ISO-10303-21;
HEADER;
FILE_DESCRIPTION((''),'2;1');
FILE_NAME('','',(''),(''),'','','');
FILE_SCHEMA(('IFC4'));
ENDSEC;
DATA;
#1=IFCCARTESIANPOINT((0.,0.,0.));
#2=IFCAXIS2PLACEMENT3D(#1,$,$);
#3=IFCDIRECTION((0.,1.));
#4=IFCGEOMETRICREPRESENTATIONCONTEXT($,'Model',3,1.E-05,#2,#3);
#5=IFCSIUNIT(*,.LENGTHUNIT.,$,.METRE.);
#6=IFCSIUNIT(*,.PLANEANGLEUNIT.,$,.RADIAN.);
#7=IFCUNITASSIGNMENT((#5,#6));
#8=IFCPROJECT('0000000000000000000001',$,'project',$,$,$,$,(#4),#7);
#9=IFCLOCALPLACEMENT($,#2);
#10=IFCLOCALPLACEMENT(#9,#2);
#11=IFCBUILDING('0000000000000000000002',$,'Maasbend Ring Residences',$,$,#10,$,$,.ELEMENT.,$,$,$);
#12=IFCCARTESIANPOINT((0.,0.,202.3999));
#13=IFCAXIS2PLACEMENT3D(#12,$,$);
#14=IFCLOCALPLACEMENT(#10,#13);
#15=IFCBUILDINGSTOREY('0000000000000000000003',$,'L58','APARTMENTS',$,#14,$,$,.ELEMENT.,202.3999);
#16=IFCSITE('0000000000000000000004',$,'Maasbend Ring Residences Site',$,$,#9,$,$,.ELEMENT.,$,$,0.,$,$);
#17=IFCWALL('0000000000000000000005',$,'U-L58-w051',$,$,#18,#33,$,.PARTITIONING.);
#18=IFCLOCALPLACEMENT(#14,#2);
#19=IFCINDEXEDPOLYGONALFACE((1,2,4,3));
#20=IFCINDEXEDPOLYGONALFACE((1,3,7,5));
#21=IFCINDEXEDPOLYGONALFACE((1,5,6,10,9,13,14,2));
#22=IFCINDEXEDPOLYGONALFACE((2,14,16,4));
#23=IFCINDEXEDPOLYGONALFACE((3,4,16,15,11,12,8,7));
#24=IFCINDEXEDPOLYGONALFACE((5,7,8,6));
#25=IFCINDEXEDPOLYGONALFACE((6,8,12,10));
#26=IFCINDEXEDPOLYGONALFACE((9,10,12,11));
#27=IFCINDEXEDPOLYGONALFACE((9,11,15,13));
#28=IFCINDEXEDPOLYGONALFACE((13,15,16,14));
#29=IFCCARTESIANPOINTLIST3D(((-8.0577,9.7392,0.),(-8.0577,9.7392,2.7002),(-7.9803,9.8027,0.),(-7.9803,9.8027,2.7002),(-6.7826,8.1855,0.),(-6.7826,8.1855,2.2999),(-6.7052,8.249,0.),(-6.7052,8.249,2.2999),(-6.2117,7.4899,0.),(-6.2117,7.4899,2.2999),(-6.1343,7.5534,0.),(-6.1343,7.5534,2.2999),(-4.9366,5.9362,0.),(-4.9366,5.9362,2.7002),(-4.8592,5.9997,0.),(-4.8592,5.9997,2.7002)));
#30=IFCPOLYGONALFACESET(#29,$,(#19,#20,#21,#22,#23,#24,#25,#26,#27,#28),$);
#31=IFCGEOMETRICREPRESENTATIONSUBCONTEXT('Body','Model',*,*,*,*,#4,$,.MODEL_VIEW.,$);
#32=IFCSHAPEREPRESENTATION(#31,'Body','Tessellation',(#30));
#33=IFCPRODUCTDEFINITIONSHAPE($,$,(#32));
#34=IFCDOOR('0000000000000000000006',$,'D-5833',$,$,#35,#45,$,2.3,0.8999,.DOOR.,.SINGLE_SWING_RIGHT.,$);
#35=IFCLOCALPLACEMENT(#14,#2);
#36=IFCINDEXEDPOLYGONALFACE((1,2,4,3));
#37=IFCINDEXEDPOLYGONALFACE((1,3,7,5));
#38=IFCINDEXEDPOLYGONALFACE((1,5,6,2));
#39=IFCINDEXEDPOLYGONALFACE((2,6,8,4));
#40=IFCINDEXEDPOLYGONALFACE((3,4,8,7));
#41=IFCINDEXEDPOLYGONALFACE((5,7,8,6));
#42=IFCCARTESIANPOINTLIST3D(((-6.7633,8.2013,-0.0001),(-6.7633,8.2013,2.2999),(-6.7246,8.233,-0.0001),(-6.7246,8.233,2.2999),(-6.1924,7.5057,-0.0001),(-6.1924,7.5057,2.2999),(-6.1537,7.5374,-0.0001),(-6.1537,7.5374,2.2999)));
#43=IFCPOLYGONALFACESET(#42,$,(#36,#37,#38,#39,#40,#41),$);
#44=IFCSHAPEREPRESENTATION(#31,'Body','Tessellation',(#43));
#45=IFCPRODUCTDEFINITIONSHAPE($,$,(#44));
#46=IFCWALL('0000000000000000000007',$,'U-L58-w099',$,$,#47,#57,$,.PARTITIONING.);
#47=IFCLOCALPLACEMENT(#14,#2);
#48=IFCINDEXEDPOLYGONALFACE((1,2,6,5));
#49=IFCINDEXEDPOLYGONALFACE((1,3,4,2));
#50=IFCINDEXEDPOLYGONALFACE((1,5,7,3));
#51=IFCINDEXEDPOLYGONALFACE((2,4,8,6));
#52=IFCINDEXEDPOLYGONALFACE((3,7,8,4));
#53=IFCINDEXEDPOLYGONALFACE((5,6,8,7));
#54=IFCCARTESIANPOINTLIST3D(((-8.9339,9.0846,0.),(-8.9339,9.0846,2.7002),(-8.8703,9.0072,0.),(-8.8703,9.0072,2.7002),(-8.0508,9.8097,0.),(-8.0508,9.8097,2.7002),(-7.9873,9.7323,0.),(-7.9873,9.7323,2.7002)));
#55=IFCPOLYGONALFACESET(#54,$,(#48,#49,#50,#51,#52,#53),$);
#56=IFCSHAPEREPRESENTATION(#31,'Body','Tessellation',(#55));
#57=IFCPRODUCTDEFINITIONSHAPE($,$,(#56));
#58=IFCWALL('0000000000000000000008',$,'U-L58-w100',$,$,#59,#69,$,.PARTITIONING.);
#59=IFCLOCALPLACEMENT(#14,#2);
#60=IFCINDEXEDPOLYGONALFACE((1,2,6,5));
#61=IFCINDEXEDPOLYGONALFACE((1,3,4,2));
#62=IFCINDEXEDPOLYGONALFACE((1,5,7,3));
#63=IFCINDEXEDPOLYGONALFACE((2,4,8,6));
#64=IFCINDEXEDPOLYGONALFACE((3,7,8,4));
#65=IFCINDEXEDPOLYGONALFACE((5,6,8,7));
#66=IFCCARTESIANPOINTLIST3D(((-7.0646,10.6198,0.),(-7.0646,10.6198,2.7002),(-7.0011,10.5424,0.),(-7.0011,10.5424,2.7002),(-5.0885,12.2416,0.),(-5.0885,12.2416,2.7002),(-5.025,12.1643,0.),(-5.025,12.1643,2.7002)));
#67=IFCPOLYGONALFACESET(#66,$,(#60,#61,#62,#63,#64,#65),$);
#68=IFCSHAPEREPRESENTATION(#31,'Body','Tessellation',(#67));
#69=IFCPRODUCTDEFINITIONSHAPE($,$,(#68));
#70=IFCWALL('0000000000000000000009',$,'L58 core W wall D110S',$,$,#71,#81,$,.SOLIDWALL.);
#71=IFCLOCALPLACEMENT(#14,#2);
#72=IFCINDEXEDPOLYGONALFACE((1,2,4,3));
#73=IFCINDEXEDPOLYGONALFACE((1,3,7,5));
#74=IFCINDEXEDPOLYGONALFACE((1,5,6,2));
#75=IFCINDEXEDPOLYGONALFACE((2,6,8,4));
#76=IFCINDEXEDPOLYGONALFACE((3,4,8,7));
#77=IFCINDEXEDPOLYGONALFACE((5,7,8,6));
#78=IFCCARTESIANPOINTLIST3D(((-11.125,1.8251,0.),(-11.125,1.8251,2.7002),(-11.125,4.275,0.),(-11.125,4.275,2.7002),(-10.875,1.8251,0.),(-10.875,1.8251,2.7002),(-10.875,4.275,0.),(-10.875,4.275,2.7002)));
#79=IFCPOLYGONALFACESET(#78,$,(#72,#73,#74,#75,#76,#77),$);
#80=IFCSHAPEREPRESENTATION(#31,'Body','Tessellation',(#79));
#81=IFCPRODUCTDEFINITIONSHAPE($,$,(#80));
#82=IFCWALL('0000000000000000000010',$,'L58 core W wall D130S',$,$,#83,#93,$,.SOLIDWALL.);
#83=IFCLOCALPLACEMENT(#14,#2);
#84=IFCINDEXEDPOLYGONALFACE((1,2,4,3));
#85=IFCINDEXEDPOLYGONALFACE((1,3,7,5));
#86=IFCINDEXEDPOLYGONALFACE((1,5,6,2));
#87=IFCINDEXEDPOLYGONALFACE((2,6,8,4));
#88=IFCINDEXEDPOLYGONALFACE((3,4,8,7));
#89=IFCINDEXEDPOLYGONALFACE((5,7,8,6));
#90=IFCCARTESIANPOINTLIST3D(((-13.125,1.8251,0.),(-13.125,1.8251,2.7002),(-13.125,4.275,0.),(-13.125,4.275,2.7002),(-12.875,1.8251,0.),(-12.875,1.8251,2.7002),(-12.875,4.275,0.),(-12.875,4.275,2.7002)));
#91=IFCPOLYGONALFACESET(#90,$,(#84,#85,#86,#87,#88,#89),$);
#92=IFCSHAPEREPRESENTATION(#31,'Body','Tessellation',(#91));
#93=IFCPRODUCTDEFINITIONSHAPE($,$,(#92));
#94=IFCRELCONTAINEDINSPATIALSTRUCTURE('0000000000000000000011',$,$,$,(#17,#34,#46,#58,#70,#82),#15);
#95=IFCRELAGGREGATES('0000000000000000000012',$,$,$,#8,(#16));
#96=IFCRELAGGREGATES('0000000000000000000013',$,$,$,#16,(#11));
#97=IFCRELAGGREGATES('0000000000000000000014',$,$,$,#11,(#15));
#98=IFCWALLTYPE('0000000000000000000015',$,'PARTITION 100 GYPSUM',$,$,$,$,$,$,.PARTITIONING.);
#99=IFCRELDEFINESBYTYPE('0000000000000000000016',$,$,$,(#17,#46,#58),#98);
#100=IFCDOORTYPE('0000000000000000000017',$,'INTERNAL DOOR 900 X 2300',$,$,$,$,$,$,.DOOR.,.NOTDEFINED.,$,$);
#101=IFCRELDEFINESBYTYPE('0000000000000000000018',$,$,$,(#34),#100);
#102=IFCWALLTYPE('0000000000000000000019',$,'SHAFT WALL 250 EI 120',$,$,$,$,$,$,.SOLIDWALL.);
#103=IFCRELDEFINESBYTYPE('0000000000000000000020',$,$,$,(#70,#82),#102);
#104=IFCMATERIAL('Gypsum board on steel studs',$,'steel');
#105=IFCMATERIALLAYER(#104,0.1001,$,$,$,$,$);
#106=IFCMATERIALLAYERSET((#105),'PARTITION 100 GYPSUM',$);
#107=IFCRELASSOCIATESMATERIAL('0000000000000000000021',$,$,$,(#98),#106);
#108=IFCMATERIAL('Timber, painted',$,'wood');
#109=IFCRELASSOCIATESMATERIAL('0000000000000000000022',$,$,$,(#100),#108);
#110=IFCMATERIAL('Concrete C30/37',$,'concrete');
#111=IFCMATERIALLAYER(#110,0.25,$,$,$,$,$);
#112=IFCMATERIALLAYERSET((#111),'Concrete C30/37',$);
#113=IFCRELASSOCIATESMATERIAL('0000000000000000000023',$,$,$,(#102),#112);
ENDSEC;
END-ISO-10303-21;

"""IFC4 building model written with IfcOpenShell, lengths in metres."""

from ifc_helpers import new_model, si_unit, direction, frame, frame_2d, origin, place, context, subcontext, project, spatial, rectangle, extrude, material, layer, layer_set, type_object, element, fill, save


model = new_model("IFC4")

# Units and contexts
model_context = context("Model", 3, precision=1e-05, world=origin(), true_north=direction((0.0, 1.0)))
body_context = subcontext(model_context, "Body", "Model", "MODEL_VIEW")
ifc_project = project(units=[si_unit("LENGTHUNIT", "METRE"), si_unit("PLANEANGLEUNIT", "RADIAN")], contexts=[model_context])

# Site, building, storey
site_placement = place(None, origin())
site = spatial("IfcSite", under=ifc_project, at=site_placement, Name="Maasbend Ring Residences Site", CompositionType="ELEMENT", RefElevation=0.0)
building_placement = place(site_placement, origin())
building = spatial("IfcBuilding", under=site, at=building_placement, Name="Maasbend Ring Residences", CompositionType="ELEMENT")
storey_placement = place(building_placement, frame((0.0, 0.0, 202.3999)))
storey = spatial("IfcBuildingStorey", under=building, at=storey_placement, Name="L58", Description="APARTMENTS", CompositionType="ELEMENT", Elevation=202.3999)

# Wall, opening, door
ifc_material_1 = material(Name="Gypsum board on steel studs", Category="steel")
ifc_layer_1 = layer(ifc_material_1, 0.1001)
ifc_layer_set_1 = layer_set([ifc_layer_1], Name="PARTITION 100 GYPSUM")
wall_type_1 = type_object("IfcWallType", Name="PARTITION 100 GYPSUM", PredefinedType="PARTITIONING", material=ifc_layer_set_1)
wall_1_placement = place(storey_placement, frame((-8.019, 9.771, 0.0), z_axis=(0.0, 0.0, 1.0), x_axis=(0.634402, -0.773003, 0.0)))
wall_1 = element("IfcWall", 1, at=wall_1_placement, inside=storey, type_object=wall_type_1, Name="U-L58-w051", PredefinedType="PARTITIONING", context=body_context, shape_type="SweptSolid", body=[
    extrude(rectangle(XDim=4.9197, YDim=0.1001, at=frame_2d((2.46, 0.0))), origin(), (0.0, 0.0, 1.0), 2.7002),
])
opening_1_placement = place(wall_1_placement, frame((2.01, 0.0, 0.0)))
opening_1 = element("IfcOpeningElement", 2, at=opening_1_placement, cuts=wall_1, PredefinedType="OPENING", context=body_context, shape_type="SweptSolid", body=[
    extrude(rectangle(XDim=0.8999, YDim=2.3, at=frame_2d((0.45, 1.1499))), frame((0.0, 0.0601, 0.0), z_axis=(0.0, -1.0, 0.0), x_axis=(1.0, 0.0, 0.0)), (0.0, 0.0, 1.0), 0.1201),
])
ifc_material_2 = material(Name="Timber, painted", Category="wood")
door_type_1 = type_object("IfcDoorType", Name="INTERNAL DOOR 900 X 2300", OperationType="NOTDEFINED", PredefinedType="DOOR", material=ifc_material_2)
door_1_placement = place(opening_1_placement, origin())
door_1 = element("IfcDoor", 3, at=door_1_placement, inside=storey, type_object=door_type_1, Name="D-5833", OperationType="SINGLE_SWING_RIGHT", OverallHeight=2.3, OverallWidth=0.8999, PredefinedType="DOOR", context=body_context, shape_type="SweptSolid", body=[
    extrude(rectangle(XDim=0.8999, YDim=2.3, at=frame_2d((0.45, 1.1499))), frame((0.0, 0.0249, 0.0), z_axis=(0.0, -1.0, 0.0), x_axis=(1.0, 0.0, 0.0)), (0.0, 0.0, 1.0), 0.05),
])
fill(opening_1, door_1)

# Walls
wall_2_placement = place(storey_placement, frame((-8.9021, 9.0459, 0.0), z_axis=(0.0, 0.0, 1.0), x_axis=(0.772842, 0.634598, 0.0)))
element("IfcWall", 4, at=wall_2_placement, inside=storey, type_object=wall_type_1, Name="U-L58-w099", PredefinedType="PARTITIONING", context=body_context, shape_type="SweptSolid", body=[
    extrude(rectangle(XDim=1.1426, YDim=0.1001, at=frame_2d((0.5713, 0.0))), origin(), (0.0, 0.0, 1.0), 2.7002),
])
wall_3_placement = place(storey_placement, frame((-7.033, 10.5811, 0.0), z_axis=(0.0, 0.0, 1.0), x_axis=(0.772991, 0.634418, 0.0)))
element("IfcWall", 5, at=wall_3_placement, inside=storey, type_object=wall_type_1, Name="U-L58-w100", PredefinedType="PARTITIONING", context=body_context, shape_type="SweptSolid", body=[
    extrude(rectangle(XDim=2.5564, YDim=0.1001, at=frame_2d((1.2783, 0.0))), origin(), (0.0, 0.0, 1.0), 2.7002),
])
ifc_material_3 = material(Name="Concrete C30/37", Category="concrete")
ifc_layer_2 = layer(ifc_material_3, 0.25)
ifc_layer_set_2 = layer_set([ifc_layer_2], Name="Concrete C30/37")
wall_type_2 = type_object("IfcWallType", Name="SHAFT WALL 250 EI 120", PredefinedType="SOLIDWALL", material=ifc_layer_set_2)
for number, where, z_axis, x_axis, name in (
    (6, (-11.0, 1.825, 0.0), (0.0, 0.0, 1.0), (0.0, 1.0, 0.0), "L58 core W wall D110S"),
    (7, (-13.0, 1.825, 0.0), (0.0, 0.0, 1.0), (0.0, 1.0, 0.0), "L58 core W wall D130S"),
):
    element("IfcWall", number, at=place(storey_placement, frame(where, z_axis=z_axis, x_axis=x_axis)), inside=storey, type_object=wall_type_2, Name=name, PredefinedType="SOLIDWALL", context=body_context, shape_type="SweptSolid", body=[
        extrude(rectangle(XDim=2.45, YDim=0.25, at=frame_2d((1.2251, 0.0))), origin(), (0.0, 0.0, 1.0), 2.7002),
    ])

save(model, "model.ifc")
